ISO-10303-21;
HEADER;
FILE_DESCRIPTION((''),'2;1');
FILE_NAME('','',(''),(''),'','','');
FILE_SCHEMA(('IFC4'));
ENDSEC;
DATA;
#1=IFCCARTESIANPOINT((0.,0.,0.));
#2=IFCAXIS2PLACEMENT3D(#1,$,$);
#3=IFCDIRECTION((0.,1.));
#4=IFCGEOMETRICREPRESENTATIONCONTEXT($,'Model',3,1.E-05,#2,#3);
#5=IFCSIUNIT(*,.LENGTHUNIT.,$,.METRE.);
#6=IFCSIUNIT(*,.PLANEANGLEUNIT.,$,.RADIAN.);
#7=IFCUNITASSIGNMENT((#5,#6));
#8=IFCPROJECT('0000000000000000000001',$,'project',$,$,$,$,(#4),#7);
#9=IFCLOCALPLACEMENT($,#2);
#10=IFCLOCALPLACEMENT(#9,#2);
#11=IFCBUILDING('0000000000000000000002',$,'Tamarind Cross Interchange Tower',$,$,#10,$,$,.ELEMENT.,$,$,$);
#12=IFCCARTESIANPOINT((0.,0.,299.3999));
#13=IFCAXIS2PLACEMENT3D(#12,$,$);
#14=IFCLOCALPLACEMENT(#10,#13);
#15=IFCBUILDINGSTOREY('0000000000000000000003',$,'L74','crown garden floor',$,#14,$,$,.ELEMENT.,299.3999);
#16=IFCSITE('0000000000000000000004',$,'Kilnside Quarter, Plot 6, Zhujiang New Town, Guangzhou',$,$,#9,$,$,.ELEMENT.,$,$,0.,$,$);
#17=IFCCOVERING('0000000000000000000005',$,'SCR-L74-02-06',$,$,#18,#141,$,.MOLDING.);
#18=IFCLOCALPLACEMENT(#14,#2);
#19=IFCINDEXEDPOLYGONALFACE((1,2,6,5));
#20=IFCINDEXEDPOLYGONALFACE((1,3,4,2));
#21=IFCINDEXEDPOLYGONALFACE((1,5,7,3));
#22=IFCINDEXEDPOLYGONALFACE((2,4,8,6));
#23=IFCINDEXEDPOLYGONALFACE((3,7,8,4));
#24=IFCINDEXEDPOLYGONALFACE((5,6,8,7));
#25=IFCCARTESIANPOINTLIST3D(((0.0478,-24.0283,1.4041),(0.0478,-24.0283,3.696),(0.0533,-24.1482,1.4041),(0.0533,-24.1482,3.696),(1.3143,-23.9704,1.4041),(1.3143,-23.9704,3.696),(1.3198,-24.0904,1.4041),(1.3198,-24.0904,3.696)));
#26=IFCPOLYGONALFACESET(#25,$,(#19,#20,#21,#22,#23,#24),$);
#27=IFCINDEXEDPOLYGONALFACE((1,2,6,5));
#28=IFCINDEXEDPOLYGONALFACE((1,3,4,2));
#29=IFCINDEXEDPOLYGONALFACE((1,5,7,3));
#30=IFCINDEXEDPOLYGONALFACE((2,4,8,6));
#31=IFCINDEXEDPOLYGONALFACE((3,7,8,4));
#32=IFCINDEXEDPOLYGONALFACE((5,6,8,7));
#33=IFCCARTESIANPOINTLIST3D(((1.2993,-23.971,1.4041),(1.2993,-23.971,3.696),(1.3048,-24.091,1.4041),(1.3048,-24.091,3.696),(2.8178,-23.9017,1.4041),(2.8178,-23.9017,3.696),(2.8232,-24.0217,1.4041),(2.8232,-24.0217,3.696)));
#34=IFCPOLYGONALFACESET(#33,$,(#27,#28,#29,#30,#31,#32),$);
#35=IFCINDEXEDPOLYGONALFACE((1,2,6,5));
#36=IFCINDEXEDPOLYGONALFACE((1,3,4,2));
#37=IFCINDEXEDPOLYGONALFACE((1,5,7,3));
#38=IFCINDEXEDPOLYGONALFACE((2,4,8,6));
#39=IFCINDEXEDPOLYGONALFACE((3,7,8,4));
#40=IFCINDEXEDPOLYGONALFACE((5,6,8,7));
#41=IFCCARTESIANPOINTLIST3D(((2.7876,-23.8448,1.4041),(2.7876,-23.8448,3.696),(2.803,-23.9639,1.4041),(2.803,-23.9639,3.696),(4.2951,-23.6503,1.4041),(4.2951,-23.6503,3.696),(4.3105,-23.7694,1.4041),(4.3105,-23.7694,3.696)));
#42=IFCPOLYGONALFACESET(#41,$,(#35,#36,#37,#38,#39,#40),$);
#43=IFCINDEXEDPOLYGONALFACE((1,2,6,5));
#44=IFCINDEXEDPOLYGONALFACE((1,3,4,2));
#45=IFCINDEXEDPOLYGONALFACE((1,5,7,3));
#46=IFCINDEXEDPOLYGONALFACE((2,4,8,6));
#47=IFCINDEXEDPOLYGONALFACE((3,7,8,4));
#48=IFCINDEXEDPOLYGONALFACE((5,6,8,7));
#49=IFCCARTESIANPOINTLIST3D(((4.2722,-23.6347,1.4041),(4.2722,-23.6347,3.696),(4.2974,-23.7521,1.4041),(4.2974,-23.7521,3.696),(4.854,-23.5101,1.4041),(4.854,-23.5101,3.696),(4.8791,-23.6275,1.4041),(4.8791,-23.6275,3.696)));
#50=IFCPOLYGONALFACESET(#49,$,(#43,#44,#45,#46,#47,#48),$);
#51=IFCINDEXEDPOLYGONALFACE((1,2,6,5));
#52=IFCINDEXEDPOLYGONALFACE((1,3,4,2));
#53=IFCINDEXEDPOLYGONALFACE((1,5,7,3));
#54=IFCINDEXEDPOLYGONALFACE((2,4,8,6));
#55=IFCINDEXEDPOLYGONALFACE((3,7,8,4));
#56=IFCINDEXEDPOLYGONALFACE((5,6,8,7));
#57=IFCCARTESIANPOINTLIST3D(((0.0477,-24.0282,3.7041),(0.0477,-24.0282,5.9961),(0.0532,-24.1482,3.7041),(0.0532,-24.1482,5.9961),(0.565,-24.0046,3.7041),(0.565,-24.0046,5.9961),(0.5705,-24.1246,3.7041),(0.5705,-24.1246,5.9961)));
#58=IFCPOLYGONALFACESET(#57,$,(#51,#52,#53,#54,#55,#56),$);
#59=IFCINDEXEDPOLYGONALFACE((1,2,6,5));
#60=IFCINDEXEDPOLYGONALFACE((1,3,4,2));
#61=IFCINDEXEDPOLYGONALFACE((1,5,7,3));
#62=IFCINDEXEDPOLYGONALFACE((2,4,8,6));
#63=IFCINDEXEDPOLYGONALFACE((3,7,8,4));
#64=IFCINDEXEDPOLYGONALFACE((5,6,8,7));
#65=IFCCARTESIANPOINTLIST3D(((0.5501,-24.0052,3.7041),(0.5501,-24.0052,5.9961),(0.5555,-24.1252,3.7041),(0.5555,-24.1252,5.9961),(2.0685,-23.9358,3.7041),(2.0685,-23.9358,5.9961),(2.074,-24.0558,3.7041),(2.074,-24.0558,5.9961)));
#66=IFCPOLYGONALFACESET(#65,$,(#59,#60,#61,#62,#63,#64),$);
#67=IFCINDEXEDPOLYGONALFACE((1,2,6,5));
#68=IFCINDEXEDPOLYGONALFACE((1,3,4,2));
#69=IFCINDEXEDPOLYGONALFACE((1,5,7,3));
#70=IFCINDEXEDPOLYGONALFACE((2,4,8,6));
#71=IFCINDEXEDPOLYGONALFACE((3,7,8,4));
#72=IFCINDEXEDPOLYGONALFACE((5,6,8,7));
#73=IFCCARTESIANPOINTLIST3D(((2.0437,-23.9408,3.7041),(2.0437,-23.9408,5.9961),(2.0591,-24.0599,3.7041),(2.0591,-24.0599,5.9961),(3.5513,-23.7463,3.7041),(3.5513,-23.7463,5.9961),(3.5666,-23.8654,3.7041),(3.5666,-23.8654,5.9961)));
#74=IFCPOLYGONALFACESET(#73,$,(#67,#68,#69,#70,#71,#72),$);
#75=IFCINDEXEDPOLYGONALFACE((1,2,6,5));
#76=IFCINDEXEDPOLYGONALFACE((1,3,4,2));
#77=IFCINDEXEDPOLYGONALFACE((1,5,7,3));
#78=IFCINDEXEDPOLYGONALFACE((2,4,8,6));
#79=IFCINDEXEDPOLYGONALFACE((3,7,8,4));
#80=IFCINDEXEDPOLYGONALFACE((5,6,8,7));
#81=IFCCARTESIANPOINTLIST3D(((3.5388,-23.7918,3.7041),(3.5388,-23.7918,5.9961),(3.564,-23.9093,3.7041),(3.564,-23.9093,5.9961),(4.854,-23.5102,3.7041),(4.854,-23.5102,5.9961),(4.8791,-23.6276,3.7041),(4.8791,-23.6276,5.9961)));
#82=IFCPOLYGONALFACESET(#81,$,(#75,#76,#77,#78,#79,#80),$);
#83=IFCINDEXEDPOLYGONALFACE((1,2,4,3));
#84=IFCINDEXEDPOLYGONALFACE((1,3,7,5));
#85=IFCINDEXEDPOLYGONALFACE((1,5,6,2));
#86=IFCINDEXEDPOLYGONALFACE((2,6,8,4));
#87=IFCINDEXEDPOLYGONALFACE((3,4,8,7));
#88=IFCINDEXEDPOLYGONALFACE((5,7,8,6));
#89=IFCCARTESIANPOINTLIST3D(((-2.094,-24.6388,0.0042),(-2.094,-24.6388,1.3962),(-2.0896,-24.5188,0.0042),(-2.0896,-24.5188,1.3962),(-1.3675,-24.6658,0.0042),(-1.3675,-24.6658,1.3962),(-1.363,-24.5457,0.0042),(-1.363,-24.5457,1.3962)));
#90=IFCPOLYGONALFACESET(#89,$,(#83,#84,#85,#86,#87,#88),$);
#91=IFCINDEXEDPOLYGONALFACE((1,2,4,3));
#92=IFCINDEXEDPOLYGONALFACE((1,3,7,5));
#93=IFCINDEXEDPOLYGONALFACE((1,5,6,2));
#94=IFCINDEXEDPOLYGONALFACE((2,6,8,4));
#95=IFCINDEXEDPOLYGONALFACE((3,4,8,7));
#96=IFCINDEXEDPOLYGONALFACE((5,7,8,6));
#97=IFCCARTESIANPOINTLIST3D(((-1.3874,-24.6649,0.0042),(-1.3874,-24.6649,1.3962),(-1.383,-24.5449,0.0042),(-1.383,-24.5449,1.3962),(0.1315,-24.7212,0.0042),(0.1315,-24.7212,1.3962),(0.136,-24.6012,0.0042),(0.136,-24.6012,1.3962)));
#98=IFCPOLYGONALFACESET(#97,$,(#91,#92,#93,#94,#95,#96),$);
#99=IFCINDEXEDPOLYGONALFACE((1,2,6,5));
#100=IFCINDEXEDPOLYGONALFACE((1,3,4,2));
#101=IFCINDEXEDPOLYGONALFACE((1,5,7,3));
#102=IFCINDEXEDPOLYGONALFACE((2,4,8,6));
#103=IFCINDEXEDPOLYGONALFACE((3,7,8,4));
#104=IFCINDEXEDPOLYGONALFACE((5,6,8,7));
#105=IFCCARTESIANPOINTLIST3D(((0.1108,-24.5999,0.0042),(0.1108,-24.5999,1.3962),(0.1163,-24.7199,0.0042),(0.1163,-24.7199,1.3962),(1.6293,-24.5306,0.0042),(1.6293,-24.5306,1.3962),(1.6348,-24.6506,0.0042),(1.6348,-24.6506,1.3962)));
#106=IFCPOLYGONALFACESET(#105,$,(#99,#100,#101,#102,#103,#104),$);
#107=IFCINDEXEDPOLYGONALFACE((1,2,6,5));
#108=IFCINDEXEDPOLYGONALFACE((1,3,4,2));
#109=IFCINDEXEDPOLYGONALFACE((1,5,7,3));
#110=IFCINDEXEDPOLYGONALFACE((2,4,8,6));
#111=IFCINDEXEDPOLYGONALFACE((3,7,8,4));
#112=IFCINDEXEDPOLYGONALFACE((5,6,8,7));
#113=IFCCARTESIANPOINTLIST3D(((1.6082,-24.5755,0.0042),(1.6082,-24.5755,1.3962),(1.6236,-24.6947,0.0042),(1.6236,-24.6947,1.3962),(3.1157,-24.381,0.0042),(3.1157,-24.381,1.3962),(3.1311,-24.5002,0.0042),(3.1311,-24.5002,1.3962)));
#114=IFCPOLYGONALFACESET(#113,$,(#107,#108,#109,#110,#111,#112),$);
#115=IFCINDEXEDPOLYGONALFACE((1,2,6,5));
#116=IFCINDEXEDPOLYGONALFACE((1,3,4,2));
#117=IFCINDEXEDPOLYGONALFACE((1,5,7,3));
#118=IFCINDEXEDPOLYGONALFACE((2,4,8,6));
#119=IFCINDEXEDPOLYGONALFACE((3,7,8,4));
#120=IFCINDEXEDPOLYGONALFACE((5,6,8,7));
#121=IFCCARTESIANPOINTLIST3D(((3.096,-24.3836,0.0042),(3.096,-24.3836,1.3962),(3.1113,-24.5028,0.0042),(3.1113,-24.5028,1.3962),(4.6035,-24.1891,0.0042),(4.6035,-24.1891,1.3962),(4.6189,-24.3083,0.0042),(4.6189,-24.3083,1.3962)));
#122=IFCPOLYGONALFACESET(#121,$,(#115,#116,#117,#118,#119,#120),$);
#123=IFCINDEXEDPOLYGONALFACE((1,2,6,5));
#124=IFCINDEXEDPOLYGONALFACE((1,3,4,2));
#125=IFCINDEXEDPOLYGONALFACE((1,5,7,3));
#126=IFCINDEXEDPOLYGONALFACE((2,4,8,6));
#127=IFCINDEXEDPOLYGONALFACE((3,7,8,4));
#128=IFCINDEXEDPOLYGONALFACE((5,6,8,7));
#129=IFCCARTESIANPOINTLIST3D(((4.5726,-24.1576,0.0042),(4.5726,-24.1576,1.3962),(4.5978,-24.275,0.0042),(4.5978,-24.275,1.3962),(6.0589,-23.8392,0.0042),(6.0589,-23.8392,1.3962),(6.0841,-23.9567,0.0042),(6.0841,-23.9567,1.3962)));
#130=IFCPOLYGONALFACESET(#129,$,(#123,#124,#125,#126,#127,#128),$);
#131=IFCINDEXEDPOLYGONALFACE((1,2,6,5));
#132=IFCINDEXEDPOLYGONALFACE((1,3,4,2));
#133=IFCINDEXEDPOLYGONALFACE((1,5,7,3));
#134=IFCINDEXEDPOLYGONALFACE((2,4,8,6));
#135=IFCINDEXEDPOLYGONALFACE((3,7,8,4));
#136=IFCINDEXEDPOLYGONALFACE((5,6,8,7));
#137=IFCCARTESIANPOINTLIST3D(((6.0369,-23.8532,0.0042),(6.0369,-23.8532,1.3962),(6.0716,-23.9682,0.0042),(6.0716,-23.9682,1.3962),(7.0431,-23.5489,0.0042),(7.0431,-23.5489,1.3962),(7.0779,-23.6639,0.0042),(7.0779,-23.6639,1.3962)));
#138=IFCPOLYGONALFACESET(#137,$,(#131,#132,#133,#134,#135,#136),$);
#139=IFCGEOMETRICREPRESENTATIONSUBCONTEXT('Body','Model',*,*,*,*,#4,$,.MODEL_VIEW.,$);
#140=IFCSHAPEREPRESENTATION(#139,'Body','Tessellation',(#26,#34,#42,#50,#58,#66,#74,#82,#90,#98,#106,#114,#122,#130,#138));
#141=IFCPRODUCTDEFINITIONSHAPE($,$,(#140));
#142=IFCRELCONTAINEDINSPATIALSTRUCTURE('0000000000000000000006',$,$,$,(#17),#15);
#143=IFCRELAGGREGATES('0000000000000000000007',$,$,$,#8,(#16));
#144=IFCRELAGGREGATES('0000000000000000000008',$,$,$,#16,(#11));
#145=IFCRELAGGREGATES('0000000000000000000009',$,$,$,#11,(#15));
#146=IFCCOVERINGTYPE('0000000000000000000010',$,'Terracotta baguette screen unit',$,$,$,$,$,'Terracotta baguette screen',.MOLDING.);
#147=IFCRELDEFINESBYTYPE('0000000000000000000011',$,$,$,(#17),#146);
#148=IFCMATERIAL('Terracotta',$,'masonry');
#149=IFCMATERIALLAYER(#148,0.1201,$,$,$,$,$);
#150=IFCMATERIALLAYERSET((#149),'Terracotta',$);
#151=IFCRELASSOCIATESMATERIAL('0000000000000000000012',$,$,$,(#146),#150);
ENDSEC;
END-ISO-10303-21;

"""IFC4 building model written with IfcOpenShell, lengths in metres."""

from ifc_helpers import new_model, si_unit, direction, frame, origin, origin_2d, place, context, subcontext, project, spatial, rectangle, extrude, material, layer, layer_set, type_object, element, save


model = new_model("IFC4")

# Units and contexts
model_context = context("Model", 3, precision=1e-05, world=origin(), true_north=direction((0.0, 1.0)))
body_context = subcontext(model_context, "Body", "Model", "MODEL_VIEW")
ifc_project = project(units=[si_unit("LENGTHUNIT", "METRE"), si_unit("PLANEANGLEUNIT", "RADIAN")], contexts=[model_context])

# Site, building, storey
site_placement = place(None, origin())
site = spatial("IfcSite", under=ifc_project, at=site_placement, Name="Kilnside Quarter, Plot 6, Zhujiang New Town, Guangzhou", CompositionType="ELEMENT", RefElevation=0.0)
building_placement = place(site_placement, origin())
building = spatial("IfcBuilding", under=site, at=building_placement, Name="Tamarind Cross Interchange Tower", CompositionType="ELEMENT")
storey_placement = place(building_placement, frame((0.0, 0.0, 299.3999)))
storey = spatial("IfcBuildingStorey", under=building, at=storey_placement, Name="L74", Description="crown garden floor", CompositionType="ELEMENT", Elevation=299.3999)

# Covering
ifc_material_1 = material(Name="Terracotta", Category="masonry")
ifc_layer_1 = layer(ifc_material_1, 0.1201)
ifc_layer_set_1 = layer_set([ifc_layer_1], Name="Terracotta")
covering_type = type_object("IfcCoveringType", Name="Terracotta baguette screen unit", ElementType="Terracotta baguette screen", PredefinedType="MOLDING", material=ifc_layer_set_1)
covering_1_placement = place(storey_placement, origin())
element("IfcCovering", 1, at=covering_1_placement, inside=storey, type_object=covering_type, Name="SCR-L74-02-06", PredefinedType="MOLDING", context=body_context, shape_type="SweptSolid", body=[
    extrude(rectangle(XDim=1.2678, YDim=0.1201, at=origin_2d()), frame((0.6838, -24.0593, 1.4041), z_axis=(0.0, 0.0, 1.0), x_axis=(0.998959, 0.045624, 0.0)), (0.0, 0.0, 1.0), 2.292),
    extrude(rectangle(XDim=1.52, YDim=0.1201, at=origin_2d()), frame((2.0613, -23.9963, 1.4041), z_axis=(0.0, 0.0, 1.0), x_axis=(0.998959, 0.045624, 0.0)), (0.0, 0.0, 1.0), 2.292),
    extrude(rectangle(XDim=1.52, YDim=0.1201, at=origin_2d()), frame((3.5491, -23.8071, 1.4041), z_axis=(0.0, 0.0, 1.0), x_axis=(0.991779, 0.127962, 0.0)), (0.0, 0.0, 1.0), 2.292),
    extrude(rectangle(XDim=0.595, YDim=0.1201, at=origin_2d()), frame((4.5757, -23.6311, 1.4041), z_axis=(0.0, 0.0, 1.0), x_axis=(0.977825, 0.209425, 0.0)), (0.0, 0.0, 1.0), 2.292),
    extrude(rectangle(XDim=0.5178, YDim=0.1201, at=origin_2d()), frame((0.3091, -24.0764, 3.7041), z_axis=(0.0, 0.0, 1.0), x_axis=(0.998959, 0.045624, 0.0)), (0.0, 0.0, 1.0), 2.292),
    extrude(rectangle(XDim=1.52, YDim=0.1201, at=origin_2d()), frame((1.312, -24.0305, 3.7041), z_axis=(0.0, 0.0, 1.0), x_axis=(0.998959, 0.045624, 0.0)), (0.0, 0.0, 1.0), 2.292),
    extrude(rectangle(XDim=1.52, YDim=0.1201, at=origin_2d()), frame((2.8052, -23.9031, 3.7041), z_axis=(0.0, 0.0, 1.0), x_axis=(0.991779, 0.127962, 0.0)), (0.0, 0.0, 1.0), 2.292),
    extrude(rectangle(XDim=1.345, YDim=0.1201, at=origin_2d()), frame((4.209, -23.7097, 3.7041), z_axis=(0.0, 0.0, 1.0), x_axis=(0.977825, 0.209425, 0.0)), (0.0, 0.0, 1.0), 2.292),
    extrude(rectangle(XDim=0.7271, YDim=0.1201, at=origin_2d()), frame((-1.7285, -24.5923, 0.0042), z_axis=(0.0, 0.0, 1.0), x_axis=(0.999314, -0.037025, 0.0)), (0.0, 0.0, 1.0), 1.3921),
    extrude(rectangle(XDim=1.52, YDim=0.1201, at=origin_2d()), frame((-0.6257, -24.6331, 0.0042), z_axis=(0.0, 0.0, 1.0), x_axis=(0.999314, -0.037025, 0.0)), (0.0, 0.0, 1.0), 1.3921),
    extrude(rectangle(XDim=1.52, YDim=0.1201, at=origin_2d()), frame((0.8728, -24.6252, 0.0042), z_axis=(0.0, 0.0, 1.0), x_axis=(0.998959, 0.045624, 0.0)), (0.0, 0.0, 1.0), 1.3921),
    extrude(rectangle(XDim=1.52, YDim=0.1201, at=origin_2d()), frame((2.3696, -24.5378, 0.0042), z_axis=(0.0, 0.0, 1.0), x_axis=(0.991779, 0.127962, 0.0)), (0.0, 0.0, 1.0), 1.3921),
    extrude(rectangle(XDim=1.52, YDim=0.1201, at=origin_2d()), frame((3.8574, -24.3459, 0.0042), z_axis=(0.0, 0.0, 1.0), x_axis=(0.991779, 0.127962, 0.0)), (0.0, 0.0, 1.0), 1.3921),
    extrude(rectangle(XDim=1.52, YDim=0.1201, at=origin_2d()), frame((5.3284, -24.0571, 0.0042), z_axis=(0.0, 0.0, 1.0), x_axis=(0.977825, 0.209425, 0.0)), (0.0, 0.0, 1.0), 1.3921),
    extrude(rectangle(XDim=1.0513, YDim=0.1201, at=origin_2d()), frame((6.5574, -23.7585, 0.0042), z_axis=(0.0, 0.0, 1.0), x_axis=(0.957191, 0.289458, 0.0)), (0.0, 0.0, 1.0), 1.3921),
])

save(model, "model.ifc")
